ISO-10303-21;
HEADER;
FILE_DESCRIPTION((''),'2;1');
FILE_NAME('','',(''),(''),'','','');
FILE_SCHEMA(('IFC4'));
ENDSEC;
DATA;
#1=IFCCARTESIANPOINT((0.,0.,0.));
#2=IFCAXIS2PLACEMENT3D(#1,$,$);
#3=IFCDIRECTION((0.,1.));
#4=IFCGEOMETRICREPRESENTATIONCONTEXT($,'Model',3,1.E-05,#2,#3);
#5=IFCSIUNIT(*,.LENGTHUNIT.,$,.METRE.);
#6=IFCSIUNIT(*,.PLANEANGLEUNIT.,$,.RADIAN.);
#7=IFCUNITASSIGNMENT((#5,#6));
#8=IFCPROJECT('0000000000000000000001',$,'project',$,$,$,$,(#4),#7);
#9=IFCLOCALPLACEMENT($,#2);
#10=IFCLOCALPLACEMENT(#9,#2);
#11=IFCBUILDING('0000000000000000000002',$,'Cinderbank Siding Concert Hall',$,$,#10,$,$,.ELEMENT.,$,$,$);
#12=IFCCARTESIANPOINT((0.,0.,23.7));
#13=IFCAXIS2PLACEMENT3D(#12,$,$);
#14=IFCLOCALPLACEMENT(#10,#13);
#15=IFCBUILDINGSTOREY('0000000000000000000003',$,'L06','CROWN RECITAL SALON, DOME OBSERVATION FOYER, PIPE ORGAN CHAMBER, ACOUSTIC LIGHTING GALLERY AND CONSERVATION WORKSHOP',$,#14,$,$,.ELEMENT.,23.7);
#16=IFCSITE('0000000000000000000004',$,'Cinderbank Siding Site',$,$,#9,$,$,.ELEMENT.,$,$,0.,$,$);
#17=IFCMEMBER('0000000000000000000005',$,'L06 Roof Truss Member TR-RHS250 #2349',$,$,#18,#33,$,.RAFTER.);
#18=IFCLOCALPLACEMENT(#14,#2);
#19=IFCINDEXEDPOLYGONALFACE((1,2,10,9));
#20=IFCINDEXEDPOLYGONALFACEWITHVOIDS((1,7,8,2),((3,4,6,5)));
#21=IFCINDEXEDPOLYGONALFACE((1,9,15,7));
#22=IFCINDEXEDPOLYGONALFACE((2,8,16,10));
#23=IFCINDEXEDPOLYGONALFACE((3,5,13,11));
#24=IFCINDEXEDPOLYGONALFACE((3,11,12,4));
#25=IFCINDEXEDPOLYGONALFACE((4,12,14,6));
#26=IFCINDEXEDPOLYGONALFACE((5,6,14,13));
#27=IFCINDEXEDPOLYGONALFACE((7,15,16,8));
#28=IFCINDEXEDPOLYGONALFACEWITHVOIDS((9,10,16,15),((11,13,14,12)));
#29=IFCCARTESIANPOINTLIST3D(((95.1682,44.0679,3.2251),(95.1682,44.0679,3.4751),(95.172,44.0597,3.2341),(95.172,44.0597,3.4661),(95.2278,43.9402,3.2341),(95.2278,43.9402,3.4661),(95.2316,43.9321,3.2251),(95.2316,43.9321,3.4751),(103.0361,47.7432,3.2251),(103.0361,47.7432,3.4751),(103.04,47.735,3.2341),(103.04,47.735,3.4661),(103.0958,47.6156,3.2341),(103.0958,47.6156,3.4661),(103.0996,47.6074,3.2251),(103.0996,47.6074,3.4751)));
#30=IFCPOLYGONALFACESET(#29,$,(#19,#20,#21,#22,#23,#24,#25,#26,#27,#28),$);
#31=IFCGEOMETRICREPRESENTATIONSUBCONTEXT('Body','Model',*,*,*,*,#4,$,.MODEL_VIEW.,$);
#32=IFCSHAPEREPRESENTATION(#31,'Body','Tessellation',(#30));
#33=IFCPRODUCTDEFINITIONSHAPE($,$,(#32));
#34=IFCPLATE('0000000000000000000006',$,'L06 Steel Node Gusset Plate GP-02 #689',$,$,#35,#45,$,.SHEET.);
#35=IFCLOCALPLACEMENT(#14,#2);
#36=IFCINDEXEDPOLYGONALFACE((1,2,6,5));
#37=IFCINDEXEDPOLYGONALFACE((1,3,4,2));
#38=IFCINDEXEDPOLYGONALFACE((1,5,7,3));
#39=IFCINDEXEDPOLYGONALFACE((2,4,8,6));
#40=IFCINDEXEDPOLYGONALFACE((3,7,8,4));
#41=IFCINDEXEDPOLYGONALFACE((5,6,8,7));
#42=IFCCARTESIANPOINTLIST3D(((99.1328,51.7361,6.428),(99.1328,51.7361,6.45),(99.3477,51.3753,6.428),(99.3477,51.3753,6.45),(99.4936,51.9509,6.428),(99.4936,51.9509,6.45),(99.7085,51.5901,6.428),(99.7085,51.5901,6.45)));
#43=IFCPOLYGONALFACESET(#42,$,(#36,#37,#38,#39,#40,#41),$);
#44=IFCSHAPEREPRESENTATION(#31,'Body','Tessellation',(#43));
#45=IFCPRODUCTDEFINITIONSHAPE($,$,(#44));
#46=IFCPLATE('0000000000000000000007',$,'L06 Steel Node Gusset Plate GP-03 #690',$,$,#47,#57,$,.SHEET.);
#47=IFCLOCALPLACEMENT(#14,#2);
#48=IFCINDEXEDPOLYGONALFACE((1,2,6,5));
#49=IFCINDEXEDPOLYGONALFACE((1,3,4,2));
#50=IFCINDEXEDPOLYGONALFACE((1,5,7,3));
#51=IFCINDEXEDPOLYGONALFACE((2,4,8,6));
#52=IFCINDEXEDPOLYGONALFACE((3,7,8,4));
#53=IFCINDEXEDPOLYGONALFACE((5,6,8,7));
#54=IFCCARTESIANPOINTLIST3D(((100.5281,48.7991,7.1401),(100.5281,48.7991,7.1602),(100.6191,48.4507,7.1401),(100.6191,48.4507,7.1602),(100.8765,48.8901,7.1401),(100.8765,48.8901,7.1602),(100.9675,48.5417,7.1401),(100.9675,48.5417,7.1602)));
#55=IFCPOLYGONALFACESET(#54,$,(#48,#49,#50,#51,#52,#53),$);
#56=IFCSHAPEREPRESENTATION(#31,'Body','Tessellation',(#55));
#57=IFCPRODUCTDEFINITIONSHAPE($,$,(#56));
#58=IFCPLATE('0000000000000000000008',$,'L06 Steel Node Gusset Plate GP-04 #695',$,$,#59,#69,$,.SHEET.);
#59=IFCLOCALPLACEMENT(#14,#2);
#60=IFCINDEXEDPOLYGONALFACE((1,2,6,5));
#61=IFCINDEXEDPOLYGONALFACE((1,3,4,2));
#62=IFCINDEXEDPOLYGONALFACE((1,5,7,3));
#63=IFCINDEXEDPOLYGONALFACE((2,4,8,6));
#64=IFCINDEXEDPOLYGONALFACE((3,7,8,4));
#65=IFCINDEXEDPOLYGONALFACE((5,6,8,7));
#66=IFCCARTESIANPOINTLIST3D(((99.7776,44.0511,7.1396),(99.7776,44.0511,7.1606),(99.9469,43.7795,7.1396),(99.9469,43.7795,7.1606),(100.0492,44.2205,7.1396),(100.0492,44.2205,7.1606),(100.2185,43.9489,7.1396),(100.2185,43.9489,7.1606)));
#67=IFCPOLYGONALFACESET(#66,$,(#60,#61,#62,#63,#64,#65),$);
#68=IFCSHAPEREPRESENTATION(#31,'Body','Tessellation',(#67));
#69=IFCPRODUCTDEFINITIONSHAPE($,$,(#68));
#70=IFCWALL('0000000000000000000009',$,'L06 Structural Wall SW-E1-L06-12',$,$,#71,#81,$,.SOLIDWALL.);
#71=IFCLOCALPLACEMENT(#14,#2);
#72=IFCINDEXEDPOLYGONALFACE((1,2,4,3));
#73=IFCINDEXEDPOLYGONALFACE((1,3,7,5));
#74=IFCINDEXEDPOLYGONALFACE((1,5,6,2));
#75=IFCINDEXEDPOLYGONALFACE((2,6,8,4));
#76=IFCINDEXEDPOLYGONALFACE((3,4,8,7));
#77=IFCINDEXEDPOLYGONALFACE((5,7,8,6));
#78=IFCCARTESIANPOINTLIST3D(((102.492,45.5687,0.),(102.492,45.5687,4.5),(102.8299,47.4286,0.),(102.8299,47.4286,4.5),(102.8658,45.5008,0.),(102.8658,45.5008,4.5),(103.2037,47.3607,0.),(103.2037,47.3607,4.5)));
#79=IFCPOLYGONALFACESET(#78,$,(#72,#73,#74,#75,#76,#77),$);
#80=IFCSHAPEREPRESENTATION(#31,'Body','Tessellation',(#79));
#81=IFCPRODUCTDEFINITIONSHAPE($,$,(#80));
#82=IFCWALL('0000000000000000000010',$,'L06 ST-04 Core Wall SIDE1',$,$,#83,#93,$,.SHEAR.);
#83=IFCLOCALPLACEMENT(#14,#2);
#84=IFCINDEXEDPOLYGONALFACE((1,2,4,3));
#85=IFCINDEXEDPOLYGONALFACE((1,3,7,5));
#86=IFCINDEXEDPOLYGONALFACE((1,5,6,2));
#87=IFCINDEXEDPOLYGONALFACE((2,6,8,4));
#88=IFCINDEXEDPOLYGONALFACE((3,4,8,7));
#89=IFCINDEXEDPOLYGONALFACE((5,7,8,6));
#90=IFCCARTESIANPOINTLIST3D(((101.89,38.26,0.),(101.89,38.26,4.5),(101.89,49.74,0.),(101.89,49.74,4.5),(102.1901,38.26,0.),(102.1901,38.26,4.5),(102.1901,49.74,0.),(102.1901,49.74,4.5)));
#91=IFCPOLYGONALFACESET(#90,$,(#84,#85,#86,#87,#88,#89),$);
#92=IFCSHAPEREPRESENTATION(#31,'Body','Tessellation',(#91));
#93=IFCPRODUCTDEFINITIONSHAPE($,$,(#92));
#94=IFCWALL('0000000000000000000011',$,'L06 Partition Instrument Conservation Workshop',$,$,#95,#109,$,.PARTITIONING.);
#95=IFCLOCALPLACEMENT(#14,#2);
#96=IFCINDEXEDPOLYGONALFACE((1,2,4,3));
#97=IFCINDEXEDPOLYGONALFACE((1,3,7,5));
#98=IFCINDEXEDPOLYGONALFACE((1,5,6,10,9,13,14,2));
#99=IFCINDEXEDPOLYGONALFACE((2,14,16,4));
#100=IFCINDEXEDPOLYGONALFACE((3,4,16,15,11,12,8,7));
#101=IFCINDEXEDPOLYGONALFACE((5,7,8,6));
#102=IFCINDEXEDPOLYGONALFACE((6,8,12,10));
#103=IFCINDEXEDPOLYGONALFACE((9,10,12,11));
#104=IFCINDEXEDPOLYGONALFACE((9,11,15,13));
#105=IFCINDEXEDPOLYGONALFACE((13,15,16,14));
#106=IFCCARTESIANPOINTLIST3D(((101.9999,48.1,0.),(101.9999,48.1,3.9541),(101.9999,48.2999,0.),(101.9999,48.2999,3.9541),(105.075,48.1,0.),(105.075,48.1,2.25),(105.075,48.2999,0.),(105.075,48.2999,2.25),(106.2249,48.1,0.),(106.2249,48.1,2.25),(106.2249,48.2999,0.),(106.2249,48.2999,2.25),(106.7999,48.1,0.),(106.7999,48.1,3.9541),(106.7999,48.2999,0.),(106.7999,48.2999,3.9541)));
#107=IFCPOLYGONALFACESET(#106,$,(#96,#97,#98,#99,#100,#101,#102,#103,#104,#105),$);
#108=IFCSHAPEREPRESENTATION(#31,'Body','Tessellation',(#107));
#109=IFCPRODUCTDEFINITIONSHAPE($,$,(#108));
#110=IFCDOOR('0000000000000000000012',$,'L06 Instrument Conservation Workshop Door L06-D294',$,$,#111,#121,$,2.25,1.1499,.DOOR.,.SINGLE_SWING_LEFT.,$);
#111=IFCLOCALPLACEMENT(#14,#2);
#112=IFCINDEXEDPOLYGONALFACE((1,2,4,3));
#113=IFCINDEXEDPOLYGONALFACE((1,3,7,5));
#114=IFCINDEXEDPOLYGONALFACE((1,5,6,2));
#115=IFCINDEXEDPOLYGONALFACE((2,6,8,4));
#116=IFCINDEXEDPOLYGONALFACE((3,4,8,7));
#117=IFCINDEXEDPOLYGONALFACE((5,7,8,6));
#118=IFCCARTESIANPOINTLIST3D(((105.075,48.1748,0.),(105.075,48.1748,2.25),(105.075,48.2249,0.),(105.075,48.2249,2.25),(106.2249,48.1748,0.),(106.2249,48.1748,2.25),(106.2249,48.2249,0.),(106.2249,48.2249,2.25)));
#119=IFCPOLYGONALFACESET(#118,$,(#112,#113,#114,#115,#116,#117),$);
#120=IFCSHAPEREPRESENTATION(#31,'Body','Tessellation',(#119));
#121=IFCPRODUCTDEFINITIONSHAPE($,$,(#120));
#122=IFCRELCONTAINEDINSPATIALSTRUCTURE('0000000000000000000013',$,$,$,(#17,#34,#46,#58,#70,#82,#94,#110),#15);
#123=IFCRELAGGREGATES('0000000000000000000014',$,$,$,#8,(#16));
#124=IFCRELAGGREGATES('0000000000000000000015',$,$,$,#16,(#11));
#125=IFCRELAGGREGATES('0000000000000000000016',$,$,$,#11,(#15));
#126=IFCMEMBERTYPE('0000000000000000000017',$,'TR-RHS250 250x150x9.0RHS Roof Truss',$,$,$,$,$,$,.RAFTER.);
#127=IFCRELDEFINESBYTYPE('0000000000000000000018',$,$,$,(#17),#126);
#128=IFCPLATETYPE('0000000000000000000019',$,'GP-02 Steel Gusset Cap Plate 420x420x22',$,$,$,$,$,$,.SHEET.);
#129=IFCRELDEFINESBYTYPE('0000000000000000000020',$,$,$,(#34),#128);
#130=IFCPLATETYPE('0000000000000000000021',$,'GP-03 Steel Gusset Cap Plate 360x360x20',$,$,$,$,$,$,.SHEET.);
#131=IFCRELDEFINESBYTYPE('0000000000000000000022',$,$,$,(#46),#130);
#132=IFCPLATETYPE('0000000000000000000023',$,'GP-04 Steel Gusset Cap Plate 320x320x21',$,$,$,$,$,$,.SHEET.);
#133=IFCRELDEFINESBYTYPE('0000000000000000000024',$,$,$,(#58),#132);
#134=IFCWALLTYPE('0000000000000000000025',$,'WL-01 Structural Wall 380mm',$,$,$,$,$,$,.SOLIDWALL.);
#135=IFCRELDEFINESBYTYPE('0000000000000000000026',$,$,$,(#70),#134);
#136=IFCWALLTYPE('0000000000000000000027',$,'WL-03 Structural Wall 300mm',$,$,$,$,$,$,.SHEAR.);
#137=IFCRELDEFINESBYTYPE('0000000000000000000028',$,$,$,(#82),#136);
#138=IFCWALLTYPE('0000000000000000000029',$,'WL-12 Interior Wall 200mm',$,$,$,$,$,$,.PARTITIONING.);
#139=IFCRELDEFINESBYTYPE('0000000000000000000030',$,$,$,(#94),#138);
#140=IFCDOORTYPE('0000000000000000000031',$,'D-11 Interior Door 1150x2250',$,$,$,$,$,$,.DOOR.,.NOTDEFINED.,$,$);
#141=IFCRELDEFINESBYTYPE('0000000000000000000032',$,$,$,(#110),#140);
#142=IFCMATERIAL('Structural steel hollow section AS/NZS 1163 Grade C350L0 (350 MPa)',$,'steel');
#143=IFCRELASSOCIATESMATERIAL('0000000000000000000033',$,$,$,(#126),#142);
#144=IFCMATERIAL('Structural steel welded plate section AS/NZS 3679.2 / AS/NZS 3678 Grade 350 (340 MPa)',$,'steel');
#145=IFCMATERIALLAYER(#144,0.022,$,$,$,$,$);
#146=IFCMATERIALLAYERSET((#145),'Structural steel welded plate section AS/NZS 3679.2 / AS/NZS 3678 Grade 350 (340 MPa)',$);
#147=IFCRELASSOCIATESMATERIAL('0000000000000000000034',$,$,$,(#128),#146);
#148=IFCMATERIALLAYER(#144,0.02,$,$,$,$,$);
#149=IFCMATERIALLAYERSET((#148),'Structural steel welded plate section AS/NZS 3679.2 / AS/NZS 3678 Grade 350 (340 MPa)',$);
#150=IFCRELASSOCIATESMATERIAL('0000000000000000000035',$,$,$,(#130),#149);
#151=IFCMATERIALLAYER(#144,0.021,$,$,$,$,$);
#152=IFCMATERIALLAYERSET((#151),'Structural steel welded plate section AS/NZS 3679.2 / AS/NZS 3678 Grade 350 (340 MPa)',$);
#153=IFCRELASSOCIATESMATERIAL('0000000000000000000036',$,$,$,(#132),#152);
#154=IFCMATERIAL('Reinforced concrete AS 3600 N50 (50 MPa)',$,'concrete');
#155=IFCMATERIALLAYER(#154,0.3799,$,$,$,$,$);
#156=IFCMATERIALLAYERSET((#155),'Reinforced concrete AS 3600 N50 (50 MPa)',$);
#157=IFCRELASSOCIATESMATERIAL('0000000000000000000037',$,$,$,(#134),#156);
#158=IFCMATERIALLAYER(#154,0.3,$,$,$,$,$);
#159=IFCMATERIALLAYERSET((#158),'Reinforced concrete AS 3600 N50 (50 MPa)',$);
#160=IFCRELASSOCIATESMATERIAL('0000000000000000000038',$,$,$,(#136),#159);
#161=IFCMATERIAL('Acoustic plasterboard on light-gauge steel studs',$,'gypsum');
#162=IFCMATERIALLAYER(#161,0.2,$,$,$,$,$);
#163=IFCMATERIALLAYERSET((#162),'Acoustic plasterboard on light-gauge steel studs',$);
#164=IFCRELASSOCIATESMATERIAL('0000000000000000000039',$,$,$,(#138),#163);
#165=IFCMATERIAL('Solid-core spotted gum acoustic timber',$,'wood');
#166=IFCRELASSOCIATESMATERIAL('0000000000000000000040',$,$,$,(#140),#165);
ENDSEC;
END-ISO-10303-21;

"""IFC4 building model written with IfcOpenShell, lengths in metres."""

from ifc_helpers import new_model, si_unit, direction, frame, frame_2d, origin, origin_2d, place, context, subcontext, project, spatial, rectangle, hollow_rectangle, extrude, material, layer, layer_set, material_profile, profile_set, type_object, element, fill, save


model = new_model("IFC4")

# Units and contexts
model_context = context("Model", 3, precision=1e-05, world=origin(), true_north=direction((0.0, 1.0)))
body_context = subcontext(model_context, "Body", "Model", "MODEL_VIEW")
ifc_project = project(units=[si_unit("LENGTHUNIT", "METRE"), si_unit("PLANEANGLEUNIT", "RADIAN")], contexts=[model_context])

# Site, building, storey
site_placement = place(None, origin())
site = spatial("IfcSite", under=ifc_project, at=site_placement, Name="Cinderbank Siding Site", CompositionType="ELEMENT", RefElevation=0.0)
building_placement = place(site_placement, origin())
building = spatial("IfcBuilding", under=site, at=building_placement, Name="Cinderbank Siding Concert Hall", CompositionType="ELEMENT")
storey_placement = place(building_placement, frame((0.0, 0.0, 23.7)))
storey = spatial("IfcBuildingStorey", under=building, at=storey_placement, Name="L06", Description="CROWN RECITAL SALON, DOME OBSERVATION FOYER, PIPE ORGAN CHAMBER, ACOUSTIC LIGHTING GALLERY AND CONSERVATION WORKSHOP", CompositionType="ELEMENT", Elevation=23.7)

# Shared definitions
ifc_material_1 = material(Name="Reinforced concrete AS 3600 N50 (50 MPa)", Category="concrete")

# Shared definitions
ifc_material_2 = material(Name="Structural steel welded plate section AS/NZS 3679.2 / AS/NZS 3678 Grade 350 (340 MPa)", Category="steel")

# Member
ifc_material_3 = material(Name="Structural steel hollow section AS/NZS 1163 Grade C350L0 (350 MPa)", Category="steel")
ifc_material_profile_1 = material_profile(ifc_material_3, hollow_rectangle(XDim=0.1499, YDim=0.25, WallThickness=0.009, at=origin_2d()), Name="250x150x9.0RHS", Category="LoadBearing")
ifc_profile_set_1 = profile_set([ifc_material_profile_1], Name="Structural steel hollow section AS/NZS 1163 Grade C350L0 (350 MPa)")
member_type_1 = type_object("IfcMemberType", Name="TR-RHS250 250x150x9.0RHS Roof Truss", PredefinedType="RAFTER", material=ifc_profile_set_1)
member_1_placement = place(storey_placement, frame((103.0679, 47.6753, 3.3501), z_axis=(-0.906024, -0.423226, 0.0), x_axis=(0.423226, -0.906024, 0.0)))
element("IfcMember", 1, at=member_1_placement, inside=storey, type_object=member_type_1, Name="L06 Roof Truss Member TR-RHS250 #2349", PredefinedType="RAFTER", context=body_context, shape_type="SweptSolid", body=[
    extrude(hollow_rectangle(XDim=0.1499, YDim=0.25, WallThickness=0.009, at=origin_2d()), origin(), (0.0, 0.0, 1.0), 8.6841),
])

# Plates
ifc_layer_1 = layer(ifc_material_2, 0.022)
ifc_layer_set_1 = layer_set([ifc_layer_1], Name="Structural steel welded plate section AS/NZS 3679.2 / AS/NZS 3678 Grade 350 (340 MPa)")
plate_type_1 = type_object("IfcPlateType", Name="GP-02 Steel Gusset Cap Plate 420x420x22", PredefinedType="SHEET", material=ifc_layer_set_1)
plate_1_placement = place(storey_placement, frame((99.4207, 51.6631, 6.428), z_axis=(0.0, 0.0, 1.0), x_axis=(0.859228, 0.511593, 0.0)))
element("IfcPlate", 2, at=plate_1_placement, inside=storey, type_object=plate_type_1, Name="L06 Steel Node Gusset Plate GP-02 #689", PredefinedType="SHEET", context=body_context, shape_type="SweptSolid", body=[
    extrude(rectangle(XDim=0.4199, YDim=0.4199, at=origin_2d()), origin(), (0.0, 0.0, 1.0), 0.022),
])
ifc_layer_2 = layer(ifc_material_2, 0.02)
ifc_layer_set_2 = layer_set([ifc_layer_2], Name="Structural steel welded plate section AS/NZS 3679.2 / AS/NZS 3678 Grade 350 (340 MPa)")
plate_type_2 = type_object("IfcPlateType", Name="GP-03 Steel Gusset Cap Plate 360x360x20", PredefinedType="SHEET", material=ifc_layer_set_2)
plate_2_placement = place(storey_placement, frame((100.7478, 48.6704, 7.1401), z_axis=(0.0, 0.0, 1.0), x_axis=(0.252576, -0.967577, 0.0)))
element("IfcPlate", 3, at=plate_2_placement, inside=storey, type_object=plate_type_2, Name="L06 Steel Node Gusset Plate GP-03 #690", PredefinedType="SHEET", context=body_context, shape_type="SweptSolid", body=[
    extrude(rectangle(XDim=0.3601, YDim=0.3601, at=origin_2d()), origin(), (0.0, 0.0, 1.0), 0.02),
])
ifc_layer_3 = layer(ifc_material_2, 0.021)
ifc_layer_set_3 = layer_set([ifc_layer_3], Name="Structural steel welded plate section AS/NZS 3679.2 / AS/NZS 3678 Grade 350 (340 MPa)")
plate_type_3 = type_object("IfcPlateType", Name="GP-04 Steel Gusset Cap Plate 320x320x21", PredefinedType="SHEET", material=ifc_layer_set_3)
plate_3_placement = place(storey_placement, frame((99.998, 44.0, 7.1396), z_axis=(0.0, 0.0, 1.0), x_axis=(0.529031, -0.848603, 0.0)))
element("IfcPlate", 4, at=plate_3_placement, inside=storey, type_object=plate_type_3, Name="L06 Steel Node Gusset Plate GP-04 #695", PredefinedType="SHEET", context=body_context, shape_type="SweptSolid", body=[
    extrude(rectangle(XDim=0.3201, YDim=0.3201, at=origin_2d()), origin(), (0.0, 0.0, 1.0), 0.021),
])

# Walls
ifc_layer_4 = layer(ifc_material_1, 0.3799)
ifc_layer_set_4 = layer_set([ifc_layer_4], Name="Reinforced concrete AS 3600 N50 (50 MPa)")
wall_type_1 = type_object("IfcWallType", Name="WL-01 Structural Wall 380mm", PredefinedType="SOLIDWALL", material=ifc_layer_set_4)
wall_1_placement = place(storey_placement, frame((103.0168, 47.3948, 0.0), z_axis=(0.0, 0.0, 1.0), x_axis=(-0.178749, -0.983895, 0.0)))
element("IfcWall", 5, at=wall_1_placement, inside=storey, type_object=wall_type_1, Name="L06 Structural Wall SW-E1-L06-12", PredefinedType="SOLIDWALL", context=body_context, shape_type="SweptSolid", body=[
    extrude(rectangle(XDim=1.8904, YDim=0.3799, at=frame_2d((0.9453, 0.0))), origin(), (0.0, 0.0, 1.0), 4.5),
])
ifc_layer_5 = layer(ifc_material_1, 0.3)
ifc_layer_set_5 = layer_set([ifc_layer_5], Name="Reinforced concrete AS 3600 N50 (50 MPa)")
wall_type_2 = type_object("IfcWallType", Name="WL-03 Structural Wall 300mm", PredefinedType="SHEAR", material=ifc_layer_set_5)
wall_2_placement = place(storey_placement, frame((102.04, 49.74, 0.0), z_axis=(0.0, 0.0, 1.0), x_axis=(0.0, -1.0, 0.0)))
element("IfcWall", 6, at=wall_2_placement, inside=storey, type_object=wall_type_2, Name="L06 ST-04 Core Wall SIDE1", PredefinedType="SHEAR", context=body_context, shape_type="SweptSolid", body=[
    extrude(rectangle(XDim=11.48, YDim=0.3, at=frame_2d((5.74, 0.0))), origin(), (0.0, 0.0, 1.0), 4.5),
])

# Wall, opening, door
ifc_material_4 = material(Name="Acoustic plasterboard on light-gauge steel studs", Category="gypsum")
ifc_layer_6 = layer(ifc_material_4, 0.2)
ifc_layer_set_6 = layer_set([ifc_layer_6], Name="Acoustic plasterboard on light-gauge steel studs")
wall_type_3 = type_object("IfcWallType", Name="WL-12 Interior Wall 200mm", PredefinedType="PARTITIONING", material=ifc_layer_set_6)
wall_3_placement = place(storey_placement, frame((102.0, 48.2, 0.0), z_axis=(0.0, 0.0, 1.0), x_axis=(1.0, 0.0, 0.0)))
wall_3 = element("IfcWall", 7, at=wall_3_placement, inside=storey, type_object=wall_type_3, Name="L06 Partition Instrument Conservation Workshop", PredefinedType="PARTITIONING", context=body_context, shape_type="SweptSolid", body=[
    extrude(rectangle(XDim=4.8, YDim=0.2, at=frame_2d((2.3999, 0.0))), origin(), (0.0, 0.0, 1.0), 3.9541),
])
opening_placement = place(wall_3_placement, frame((3.075, 0.0, 0.0)))
opening = element("IfcOpeningElement", 8, at=opening_placement, cuts=wall_3, PredefinedType="OPENING", context=body_context, shape_type="SweptSolid", body=[
    extrude(rectangle(XDim=1.1499, YDim=2.25, at=frame_2d((0.575, 1.125))), frame((0.0, 0.1118, 0.0), z_axis=(0.0, -1.0, 0.0), x_axis=(1.0, 0.0, 0.0)), (0.0, 0.0, 1.0), 0.2239),
])
ifc_material_5 = material(Name="Solid-core spotted gum acoustic timber", Category="wood")
door_type = type_object("IfcDoorType", Name="D-11 Interior Door 1150x2250", OperationType="NOTDEFINED", PredefinedType="DOOR", material=ifc_material_5)
door_placement = place(opening_placement, origin())
door = element("IfcDoor", 9, at=door_placement, inside=storey, type_object=door_type, Name="L06 Instrument Conservation Workshop Door L06-D294", OperationType="SINGLE_SWING_LEFT", OverallHeight=2.25, OverallWidth=1.1499, PredefinedType="DOOR", context=body_context, shape_type="SweptSolid", body=[
    extrude(rectangle(XDim=1.1499, YDim=2.25, at=frame_2d((0.575, 1.125))), frame((0.0, 0.0249, 0.0), z_axis=(0.0, -1.0, 0.0), x_axis=(1.0, 0.0, 0.0)), (0.0, 0.0, 1.0), 0.05),
])
fill(opening, door)

save(model, "model.ifc")
